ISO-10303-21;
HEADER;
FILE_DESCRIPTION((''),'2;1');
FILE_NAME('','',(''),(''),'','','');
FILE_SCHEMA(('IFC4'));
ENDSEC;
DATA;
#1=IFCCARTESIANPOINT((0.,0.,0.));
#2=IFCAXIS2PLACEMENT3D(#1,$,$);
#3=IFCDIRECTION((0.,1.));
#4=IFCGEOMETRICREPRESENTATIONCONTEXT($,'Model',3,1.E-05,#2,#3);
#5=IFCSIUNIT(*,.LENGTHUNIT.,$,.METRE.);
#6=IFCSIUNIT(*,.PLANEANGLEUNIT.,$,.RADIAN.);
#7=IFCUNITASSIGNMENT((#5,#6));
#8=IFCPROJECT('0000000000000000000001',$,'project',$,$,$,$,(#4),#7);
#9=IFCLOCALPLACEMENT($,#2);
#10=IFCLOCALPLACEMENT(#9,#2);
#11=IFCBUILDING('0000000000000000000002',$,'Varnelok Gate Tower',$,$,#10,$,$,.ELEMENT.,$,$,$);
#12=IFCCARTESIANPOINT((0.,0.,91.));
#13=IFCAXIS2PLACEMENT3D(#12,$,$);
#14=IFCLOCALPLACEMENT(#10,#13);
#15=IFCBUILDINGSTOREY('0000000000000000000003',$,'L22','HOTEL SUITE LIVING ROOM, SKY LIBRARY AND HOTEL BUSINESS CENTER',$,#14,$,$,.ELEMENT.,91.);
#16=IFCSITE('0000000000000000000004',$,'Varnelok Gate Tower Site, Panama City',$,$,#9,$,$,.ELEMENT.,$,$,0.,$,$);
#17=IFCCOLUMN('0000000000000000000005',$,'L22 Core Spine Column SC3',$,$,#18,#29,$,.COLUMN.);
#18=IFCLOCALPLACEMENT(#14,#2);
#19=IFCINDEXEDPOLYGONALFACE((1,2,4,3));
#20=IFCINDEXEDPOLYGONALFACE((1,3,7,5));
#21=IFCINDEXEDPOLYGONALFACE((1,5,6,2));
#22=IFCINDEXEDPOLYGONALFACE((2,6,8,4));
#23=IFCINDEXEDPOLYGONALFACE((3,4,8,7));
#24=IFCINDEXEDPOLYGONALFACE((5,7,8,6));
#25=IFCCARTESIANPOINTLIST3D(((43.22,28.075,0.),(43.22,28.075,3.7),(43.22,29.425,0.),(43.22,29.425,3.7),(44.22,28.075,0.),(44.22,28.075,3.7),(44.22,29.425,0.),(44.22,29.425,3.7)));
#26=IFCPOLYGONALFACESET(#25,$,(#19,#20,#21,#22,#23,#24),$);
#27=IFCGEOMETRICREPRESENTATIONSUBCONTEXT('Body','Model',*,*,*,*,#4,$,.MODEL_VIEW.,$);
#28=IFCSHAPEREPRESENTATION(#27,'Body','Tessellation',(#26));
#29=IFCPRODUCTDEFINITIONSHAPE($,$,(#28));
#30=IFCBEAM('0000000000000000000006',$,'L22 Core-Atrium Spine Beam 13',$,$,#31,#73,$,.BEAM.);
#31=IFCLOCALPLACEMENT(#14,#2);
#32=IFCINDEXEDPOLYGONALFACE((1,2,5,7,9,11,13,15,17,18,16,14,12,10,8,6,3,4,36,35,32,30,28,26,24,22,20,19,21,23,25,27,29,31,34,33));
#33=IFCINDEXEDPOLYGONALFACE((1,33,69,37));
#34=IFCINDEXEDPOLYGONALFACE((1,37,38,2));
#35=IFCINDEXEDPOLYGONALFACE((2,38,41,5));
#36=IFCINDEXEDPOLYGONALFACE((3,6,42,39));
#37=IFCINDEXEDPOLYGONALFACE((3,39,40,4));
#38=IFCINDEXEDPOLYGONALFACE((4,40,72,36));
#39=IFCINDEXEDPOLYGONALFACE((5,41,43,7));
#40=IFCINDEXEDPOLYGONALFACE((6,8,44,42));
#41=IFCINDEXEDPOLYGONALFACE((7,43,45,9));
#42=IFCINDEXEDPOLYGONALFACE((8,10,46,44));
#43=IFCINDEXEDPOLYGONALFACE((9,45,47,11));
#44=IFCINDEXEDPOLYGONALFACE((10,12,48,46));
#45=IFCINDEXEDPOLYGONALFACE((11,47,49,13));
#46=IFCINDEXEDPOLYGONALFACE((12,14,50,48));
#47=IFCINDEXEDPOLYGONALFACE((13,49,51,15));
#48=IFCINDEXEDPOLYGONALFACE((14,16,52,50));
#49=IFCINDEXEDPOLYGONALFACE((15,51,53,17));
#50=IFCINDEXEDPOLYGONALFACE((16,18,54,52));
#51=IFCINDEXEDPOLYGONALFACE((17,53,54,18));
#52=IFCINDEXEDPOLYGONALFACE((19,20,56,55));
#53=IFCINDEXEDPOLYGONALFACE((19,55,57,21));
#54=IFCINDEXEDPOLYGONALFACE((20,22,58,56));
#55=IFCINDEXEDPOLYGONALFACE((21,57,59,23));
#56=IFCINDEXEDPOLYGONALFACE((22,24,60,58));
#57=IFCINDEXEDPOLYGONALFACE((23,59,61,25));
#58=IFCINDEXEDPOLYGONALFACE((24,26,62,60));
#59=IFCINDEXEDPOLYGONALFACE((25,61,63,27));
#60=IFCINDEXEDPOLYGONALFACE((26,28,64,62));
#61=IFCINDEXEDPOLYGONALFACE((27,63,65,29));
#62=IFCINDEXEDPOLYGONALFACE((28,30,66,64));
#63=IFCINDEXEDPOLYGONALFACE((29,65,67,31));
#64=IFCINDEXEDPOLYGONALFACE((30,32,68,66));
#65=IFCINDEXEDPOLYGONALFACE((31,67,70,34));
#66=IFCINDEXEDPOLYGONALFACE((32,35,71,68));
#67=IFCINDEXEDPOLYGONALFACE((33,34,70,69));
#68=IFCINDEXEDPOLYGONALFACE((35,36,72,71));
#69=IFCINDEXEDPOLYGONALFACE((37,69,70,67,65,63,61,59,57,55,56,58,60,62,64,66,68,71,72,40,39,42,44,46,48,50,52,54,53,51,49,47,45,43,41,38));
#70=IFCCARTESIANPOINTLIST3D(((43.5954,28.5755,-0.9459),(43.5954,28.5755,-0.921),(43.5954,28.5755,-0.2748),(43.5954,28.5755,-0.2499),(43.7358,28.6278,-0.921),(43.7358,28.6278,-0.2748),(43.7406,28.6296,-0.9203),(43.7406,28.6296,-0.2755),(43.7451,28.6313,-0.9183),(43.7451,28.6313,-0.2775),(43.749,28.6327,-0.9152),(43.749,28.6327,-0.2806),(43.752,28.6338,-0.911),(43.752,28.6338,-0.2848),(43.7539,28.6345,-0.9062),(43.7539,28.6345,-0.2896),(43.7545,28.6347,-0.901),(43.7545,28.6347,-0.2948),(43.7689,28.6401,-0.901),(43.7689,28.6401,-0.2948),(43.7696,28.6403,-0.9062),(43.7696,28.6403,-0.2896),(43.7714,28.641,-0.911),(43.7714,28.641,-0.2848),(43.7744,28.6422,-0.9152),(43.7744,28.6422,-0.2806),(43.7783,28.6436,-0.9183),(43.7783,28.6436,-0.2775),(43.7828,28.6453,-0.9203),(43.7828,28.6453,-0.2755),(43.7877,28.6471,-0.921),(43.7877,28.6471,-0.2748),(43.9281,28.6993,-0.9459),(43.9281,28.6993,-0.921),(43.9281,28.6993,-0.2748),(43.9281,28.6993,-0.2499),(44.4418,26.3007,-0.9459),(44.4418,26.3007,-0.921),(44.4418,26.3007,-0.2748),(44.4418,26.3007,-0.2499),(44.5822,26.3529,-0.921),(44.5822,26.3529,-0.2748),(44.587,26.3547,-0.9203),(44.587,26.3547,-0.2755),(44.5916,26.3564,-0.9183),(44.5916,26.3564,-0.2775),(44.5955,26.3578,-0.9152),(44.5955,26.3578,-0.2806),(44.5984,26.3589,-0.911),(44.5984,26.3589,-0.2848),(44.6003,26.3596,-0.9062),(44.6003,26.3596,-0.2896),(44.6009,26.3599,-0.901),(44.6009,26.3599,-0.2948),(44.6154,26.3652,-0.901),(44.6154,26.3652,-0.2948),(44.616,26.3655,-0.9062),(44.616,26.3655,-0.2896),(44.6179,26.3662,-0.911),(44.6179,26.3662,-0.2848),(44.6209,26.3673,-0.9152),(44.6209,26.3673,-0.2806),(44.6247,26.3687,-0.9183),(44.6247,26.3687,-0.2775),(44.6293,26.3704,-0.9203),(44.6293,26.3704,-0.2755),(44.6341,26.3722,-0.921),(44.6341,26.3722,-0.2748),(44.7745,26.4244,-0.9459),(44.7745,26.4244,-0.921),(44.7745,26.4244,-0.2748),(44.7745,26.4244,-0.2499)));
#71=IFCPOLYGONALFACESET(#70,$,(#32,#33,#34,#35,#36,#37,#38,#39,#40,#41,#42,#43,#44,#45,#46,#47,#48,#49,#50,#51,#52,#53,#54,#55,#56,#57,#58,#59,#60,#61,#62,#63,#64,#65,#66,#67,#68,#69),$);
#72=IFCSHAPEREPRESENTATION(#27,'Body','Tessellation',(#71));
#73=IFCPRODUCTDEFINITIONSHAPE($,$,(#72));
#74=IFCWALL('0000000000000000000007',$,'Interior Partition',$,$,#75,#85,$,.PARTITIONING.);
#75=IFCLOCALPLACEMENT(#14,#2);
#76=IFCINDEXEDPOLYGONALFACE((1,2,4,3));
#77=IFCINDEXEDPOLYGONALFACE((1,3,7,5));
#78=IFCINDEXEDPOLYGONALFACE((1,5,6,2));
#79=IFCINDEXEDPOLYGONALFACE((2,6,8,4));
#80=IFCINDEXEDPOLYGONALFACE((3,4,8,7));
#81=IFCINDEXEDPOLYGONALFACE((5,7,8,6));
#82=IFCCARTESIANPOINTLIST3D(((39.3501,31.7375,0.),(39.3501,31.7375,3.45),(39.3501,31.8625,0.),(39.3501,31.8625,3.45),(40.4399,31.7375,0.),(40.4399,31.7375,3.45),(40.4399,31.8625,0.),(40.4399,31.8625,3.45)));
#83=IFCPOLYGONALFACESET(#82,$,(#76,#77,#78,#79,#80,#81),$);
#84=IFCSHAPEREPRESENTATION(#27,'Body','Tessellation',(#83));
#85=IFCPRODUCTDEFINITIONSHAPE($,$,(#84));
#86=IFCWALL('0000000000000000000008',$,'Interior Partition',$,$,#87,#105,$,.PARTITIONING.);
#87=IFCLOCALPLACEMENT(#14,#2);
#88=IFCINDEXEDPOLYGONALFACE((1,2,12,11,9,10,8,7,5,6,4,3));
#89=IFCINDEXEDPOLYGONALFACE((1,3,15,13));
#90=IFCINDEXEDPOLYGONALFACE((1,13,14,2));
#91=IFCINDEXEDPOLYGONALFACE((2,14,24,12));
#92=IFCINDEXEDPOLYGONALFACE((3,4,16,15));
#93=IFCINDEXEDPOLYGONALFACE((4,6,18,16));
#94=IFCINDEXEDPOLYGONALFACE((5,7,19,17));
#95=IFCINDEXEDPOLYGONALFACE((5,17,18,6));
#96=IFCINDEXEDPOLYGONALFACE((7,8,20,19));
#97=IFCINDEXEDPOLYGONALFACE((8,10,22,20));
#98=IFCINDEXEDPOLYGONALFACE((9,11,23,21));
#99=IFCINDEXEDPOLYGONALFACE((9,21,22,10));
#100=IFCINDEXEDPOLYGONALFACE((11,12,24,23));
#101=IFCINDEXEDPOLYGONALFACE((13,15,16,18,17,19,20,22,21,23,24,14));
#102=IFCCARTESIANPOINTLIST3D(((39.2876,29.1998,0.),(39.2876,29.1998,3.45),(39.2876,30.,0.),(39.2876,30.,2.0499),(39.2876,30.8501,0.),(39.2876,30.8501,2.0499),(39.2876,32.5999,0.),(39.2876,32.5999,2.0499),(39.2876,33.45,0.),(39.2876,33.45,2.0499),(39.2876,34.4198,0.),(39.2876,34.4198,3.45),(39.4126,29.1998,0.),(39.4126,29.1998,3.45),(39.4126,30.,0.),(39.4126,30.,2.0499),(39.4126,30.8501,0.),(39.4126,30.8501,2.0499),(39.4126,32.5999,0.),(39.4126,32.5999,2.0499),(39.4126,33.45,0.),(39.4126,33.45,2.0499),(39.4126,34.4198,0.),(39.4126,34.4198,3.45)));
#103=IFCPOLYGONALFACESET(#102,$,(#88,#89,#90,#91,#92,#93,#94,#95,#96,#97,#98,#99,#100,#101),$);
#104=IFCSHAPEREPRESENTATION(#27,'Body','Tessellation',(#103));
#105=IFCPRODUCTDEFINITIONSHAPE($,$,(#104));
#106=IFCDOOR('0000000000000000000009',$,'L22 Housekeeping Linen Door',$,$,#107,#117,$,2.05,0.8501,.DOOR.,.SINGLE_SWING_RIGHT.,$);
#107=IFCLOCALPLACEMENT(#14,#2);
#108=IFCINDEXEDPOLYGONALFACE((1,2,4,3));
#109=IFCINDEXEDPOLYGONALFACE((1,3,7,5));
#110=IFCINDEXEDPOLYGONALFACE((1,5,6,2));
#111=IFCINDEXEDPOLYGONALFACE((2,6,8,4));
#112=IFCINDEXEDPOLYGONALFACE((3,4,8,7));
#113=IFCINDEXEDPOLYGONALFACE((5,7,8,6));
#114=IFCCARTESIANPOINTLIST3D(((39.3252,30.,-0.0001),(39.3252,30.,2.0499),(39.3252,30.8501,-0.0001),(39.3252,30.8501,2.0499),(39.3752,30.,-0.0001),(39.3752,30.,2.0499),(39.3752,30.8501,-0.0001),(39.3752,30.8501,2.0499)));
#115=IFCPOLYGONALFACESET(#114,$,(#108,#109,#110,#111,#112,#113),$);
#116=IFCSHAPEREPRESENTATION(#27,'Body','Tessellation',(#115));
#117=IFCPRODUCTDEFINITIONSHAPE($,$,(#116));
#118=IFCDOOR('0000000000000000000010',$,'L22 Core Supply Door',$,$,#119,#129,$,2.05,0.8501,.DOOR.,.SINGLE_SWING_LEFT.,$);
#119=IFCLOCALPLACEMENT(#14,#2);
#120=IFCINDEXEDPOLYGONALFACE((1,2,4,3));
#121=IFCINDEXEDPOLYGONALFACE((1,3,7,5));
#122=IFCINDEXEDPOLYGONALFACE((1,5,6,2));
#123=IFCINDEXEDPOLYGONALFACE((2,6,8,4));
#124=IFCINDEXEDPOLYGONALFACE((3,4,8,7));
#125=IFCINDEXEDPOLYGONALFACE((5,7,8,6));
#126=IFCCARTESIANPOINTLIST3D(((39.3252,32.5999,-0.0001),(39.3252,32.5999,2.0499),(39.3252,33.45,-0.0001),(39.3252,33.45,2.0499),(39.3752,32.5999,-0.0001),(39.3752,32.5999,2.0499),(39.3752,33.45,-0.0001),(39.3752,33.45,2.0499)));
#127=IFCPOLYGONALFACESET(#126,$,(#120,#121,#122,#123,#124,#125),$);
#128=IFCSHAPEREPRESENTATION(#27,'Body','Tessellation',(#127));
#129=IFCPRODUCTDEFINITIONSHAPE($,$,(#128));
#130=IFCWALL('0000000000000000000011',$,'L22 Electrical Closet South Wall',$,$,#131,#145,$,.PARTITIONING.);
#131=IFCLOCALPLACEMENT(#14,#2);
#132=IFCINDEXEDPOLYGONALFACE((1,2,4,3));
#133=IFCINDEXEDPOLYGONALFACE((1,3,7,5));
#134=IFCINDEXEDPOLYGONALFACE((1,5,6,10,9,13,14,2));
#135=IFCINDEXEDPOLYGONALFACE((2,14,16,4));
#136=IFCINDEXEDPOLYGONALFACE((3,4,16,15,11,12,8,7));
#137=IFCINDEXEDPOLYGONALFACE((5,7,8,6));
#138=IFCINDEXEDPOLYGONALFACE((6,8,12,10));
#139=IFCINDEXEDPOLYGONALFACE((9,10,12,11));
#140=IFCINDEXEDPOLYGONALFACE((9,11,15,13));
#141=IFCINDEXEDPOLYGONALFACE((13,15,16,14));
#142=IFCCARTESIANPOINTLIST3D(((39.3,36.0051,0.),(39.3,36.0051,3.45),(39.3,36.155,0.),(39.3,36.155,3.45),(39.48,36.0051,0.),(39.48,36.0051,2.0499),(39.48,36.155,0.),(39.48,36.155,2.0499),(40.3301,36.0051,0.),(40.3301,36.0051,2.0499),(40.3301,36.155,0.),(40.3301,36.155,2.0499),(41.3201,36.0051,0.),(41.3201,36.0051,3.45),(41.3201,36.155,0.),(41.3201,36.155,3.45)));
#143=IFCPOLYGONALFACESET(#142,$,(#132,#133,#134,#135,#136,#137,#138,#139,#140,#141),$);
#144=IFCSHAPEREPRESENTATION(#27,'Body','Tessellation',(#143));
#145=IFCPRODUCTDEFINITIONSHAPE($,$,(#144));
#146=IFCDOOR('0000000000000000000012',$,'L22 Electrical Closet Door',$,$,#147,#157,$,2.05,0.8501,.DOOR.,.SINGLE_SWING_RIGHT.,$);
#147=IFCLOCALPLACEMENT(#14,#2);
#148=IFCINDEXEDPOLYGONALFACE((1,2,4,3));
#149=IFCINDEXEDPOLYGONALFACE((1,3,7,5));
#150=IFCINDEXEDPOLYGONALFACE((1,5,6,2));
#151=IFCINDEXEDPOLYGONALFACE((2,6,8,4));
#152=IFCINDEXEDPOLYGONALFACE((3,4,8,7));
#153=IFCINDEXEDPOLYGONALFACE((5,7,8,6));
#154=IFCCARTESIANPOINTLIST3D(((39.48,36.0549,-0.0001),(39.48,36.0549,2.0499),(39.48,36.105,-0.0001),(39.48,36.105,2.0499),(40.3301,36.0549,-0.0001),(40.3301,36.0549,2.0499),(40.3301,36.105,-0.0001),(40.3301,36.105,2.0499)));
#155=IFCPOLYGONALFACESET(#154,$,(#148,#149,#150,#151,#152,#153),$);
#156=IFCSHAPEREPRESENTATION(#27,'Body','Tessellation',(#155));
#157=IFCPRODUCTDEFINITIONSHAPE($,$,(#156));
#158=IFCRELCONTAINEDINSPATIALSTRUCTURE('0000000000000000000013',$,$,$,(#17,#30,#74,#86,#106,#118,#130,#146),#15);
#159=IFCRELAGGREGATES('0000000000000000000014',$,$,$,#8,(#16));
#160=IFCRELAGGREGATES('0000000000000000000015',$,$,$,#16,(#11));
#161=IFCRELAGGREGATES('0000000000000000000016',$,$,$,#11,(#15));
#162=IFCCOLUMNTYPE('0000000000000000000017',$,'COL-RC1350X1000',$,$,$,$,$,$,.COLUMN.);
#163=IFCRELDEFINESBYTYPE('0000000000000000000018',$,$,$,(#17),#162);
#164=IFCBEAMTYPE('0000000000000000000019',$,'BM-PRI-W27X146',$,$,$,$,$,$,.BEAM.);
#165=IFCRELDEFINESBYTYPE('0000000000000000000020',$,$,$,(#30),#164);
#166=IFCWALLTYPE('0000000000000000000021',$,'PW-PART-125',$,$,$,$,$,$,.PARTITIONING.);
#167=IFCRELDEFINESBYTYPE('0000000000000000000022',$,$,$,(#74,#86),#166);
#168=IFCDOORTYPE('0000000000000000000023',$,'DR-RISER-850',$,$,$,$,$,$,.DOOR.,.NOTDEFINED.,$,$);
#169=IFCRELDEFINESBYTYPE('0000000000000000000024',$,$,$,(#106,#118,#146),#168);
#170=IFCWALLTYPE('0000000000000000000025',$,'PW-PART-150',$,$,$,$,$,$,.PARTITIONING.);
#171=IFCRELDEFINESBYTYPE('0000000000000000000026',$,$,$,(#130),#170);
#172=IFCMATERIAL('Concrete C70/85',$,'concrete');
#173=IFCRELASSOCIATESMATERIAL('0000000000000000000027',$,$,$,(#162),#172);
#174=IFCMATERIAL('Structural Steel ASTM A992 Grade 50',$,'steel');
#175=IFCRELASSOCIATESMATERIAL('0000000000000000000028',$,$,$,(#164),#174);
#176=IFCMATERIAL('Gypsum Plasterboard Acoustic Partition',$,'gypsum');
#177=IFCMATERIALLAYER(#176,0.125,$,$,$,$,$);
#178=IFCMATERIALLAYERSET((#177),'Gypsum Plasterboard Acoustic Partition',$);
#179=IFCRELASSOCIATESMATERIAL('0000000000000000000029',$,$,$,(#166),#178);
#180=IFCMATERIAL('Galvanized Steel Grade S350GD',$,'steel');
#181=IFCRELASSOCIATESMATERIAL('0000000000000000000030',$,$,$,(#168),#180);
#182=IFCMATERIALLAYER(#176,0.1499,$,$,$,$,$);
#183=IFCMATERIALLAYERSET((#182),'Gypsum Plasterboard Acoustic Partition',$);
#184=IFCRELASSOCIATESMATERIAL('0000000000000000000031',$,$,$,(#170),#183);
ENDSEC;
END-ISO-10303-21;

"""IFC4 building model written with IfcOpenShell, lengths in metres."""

from ifc_helpers import new_model, si_unit, direction, frame, frame_2d, origin, origin_2d, place, context, subcontext, project, spatial, rectangle, i_section, extrude, material, layer, layer_set, material_profile, profile_set, type_object, element, fill, save


model = new_model("IFC4")

# Units and contexts
model_context = context("Model", 3, precision=1e-05, world=origin(), true_north=direction((0.0, 1.0)))
body_context = subcontext(model_context, "Body", "Model", "MODEL_VIEW")
ifc_project = project(units=[si_unit("LENGTHUNIT", "METRE"), si_unit("PLANEANGLEUNIT", "RADIAN")], contexts=[model_context])

# Site, building, storey
site_placement = place(None, origin())
site = spatial("IfcSite", under=ifc_project, at=site_placement, Name="Varnelok Gate Tower Site, Panama City", CompositionType="ELEMENT", RefElevation=0.0)
building_placement = place(site_placement, origin())
building = spatial("IfcBuilding", under=site, at=building_placement, Name="Varnelok Gate Tower", CompositionType="ELEMENT")
storey_placement = place(building_placement, frame((0.0, 0.0, 91.0)))
storey = spatial("IfcBuildingStorey", under=building, at=storey_placement, Name="L22", Description="HOTEL SUITE LIVING ROOM, SKY LIBRARY AND HOTEL BUSINESS CENTER", CompositionType="ELEMENT", Elevation=91.0)

# Column
ifc_material_1 = material(Name="Concrete C70/85", Category="concrete")
ifc_material_profile_1 = material_profile(ifc_material_1, rectangle(XDim=1.0, YDim=1.3501, at=origin_2d()), Name="RC1350X1000")
ifc_profile_set_1 = profile_set([ifc_material_profile_1], Name="Concrete C70/85")
column_type = type_object("IfcColumnType", Name="COL-RC1350X1000", PredefinedType="COLUMN", material=ifc_profile_set_1)
column_placement = place(storey_placement, frame((43.72, 28.75, 0.0), z_axis=(0.0, 0.0, 1.0), x_axis=(1.0, 0.0, 0.0)))
element("IfcColumn", 1, at=column_placement, inside=storey, type_object=column_type, Name="L22 Core Spine Column SC3", PredefinedType="COLUMN", context=body_context, shape_type="SweptSolid", body=[
    extrude(rectangle(XDim=1.0, YDim=1.3501, at=origin_2d()), origin(), (0.0, 0.0, 1.0), 3.7),
])

# Beam
ifc_material_2 = material(Name="Structural Steel ASTM A992 Grade 50", Category="steel")
ifc_material_profile_2 = material_profile(ifc_material_2, i_section(OverallWidth=0.355, OverallDepth=0.696, WebThickness=0.0154, FlangeThickness=0.0249, FilletRadius=0.02, at=origin_2d()), Name="W27X146")
ifc_profile_set_2 = profile_set([ifc_material_profile_2], Name="Structural Steel ASTM A992 Grade 50")
beam_type = type_object("IfcBeamType", Name="BM-PRI-W27X146", PredefinedType="BEAM", material=ifc_profile_set_2)
beam_placement = place(storey_placement, frame((44.6082, 26.3625, -0.5979), z_axis=(-0.348719, 0.937227, 0.0), x_axis=(-0.937227, -0.348719, 0.0)))
element("IfcBeam", 2, at=beam_placement, inside=storey, type_object=beam_type, Name="L22 Core-Atrium Spine Beam 13", PredefinedType="BEAM", context=body_context, shape_type="SweptSolid", body=[
    extrude(i_section(OverallWidth=0.355, OverallDepth=0.696, WebThickness=0.0154, FlangeThickness=0.0249, FilletRadius=0.02, at=origin_2d()), origin(), (0.0, 0.0, 1.0), 2.4272),
])

# Wall
ifc_material_3 = material(Name="Gypsum Plasterboard Acoustic Partition", Category="gypsum")
ifc_layer_1 = layer(ifc_material_3, 0.125)
ifc_layer_set_1 = layer_set([ifc_layer_1], Name="Gypsum Plasterboard Acoustic Partition")
wall_type_1 = type_object("IfcWallType", Name="PW-PART-125", PredefinedType="PARTITIONING", material=ifc_layer_set_1)
wall_1_placement = place(storey_placement, frame((39.3501, 31.8, 0.0), z_axis=(0.0, 0.0, 1.0), x_axis=(1.0, 0.0, 0.0)))
element("IfcWall", 3, at=wall_1_placement, inside=storey, type_object=wall_type_1, Name="Interior Partition", PredefinedType="PARTITIONING", context=body_context, shape_type="SweptSolid", body=[
    extrude(rectangle(XDim=1.0898, YDim=0.125, at=frame_2d((0.5449, 0.0))), origin(), (0.0, 0.0, 1.0), 3.45),
])

# Wall, openings, doors
wall_2_placement = place(storey_placement, frame((39.3501, 29.2, 0.0), z_axis=(0.0, 0.0, 1.0), x_axis=(0.0, 1.0, 0.0)))
wall_2 = element("IfcWall", 4, at=wall_2_placement, inside=storey, type_object=wall_type_1, Name="Interior Partition", PredefinedType="PARTITIONING", context=body_context, shape_type="SweptSolid", body=[
    extrude(rectangle(XDim=5.22, YDim=0.125, at=frame_2d((2.6099, 0.0))), origin(), (0.0, 0.0, 1.0), 3.45),
])
opening_1_placement = place(wall_2_placement, frame((0.8, 0.0, 0.0)))
opening_1 = element("IfcOpeningElement", 5, at=opening_1_placement, cuts=wall_2, PredefinedType="OPENING", context=body_context, shape_type="SweptSolid", body=[
    extrude(rectangle(XDim=0.8501, YDim=2.05, at=frame_2d((0.425, 1.0249))), frame((0.0, 0.0725, 0.0), z_axis=(0.0, -1.0, 0.0), x_axis=(1.0, 0.0, 0.0)), (0.0, 0.0, 1.0), 0.145),
])
opening_2_placement = place(wall_2_placement, frame((3.3999, 0.0, 0.0)))
opening_2 = element("IfcOpeningElement", 6, at=opening_2_placement, cuts=wall_2, PredefinedType="OPENING", context=body_context, shape_type="SweptSolid", body=[
    extrude(rectangle(XDim=0.8501, YDim=2.05, at=frame_2d((0.425, 1.0249))), frame((0.0, 0.0725, 0.0), z_axis=(0.0, -1.0, 0.0), x_axis=(1.0, 0.0, 0.0)), (0.0, 0.0, 1.0), 0.145),
])
ifc_material_4 = material(Name="Galvanized Steel Grade S350GD", Category="steel")
door_type_1 = type_object("IfcDoorType", Name="DR-RISER-850", OperationType="NOTDEFINED", PredefinedType="DOOR", material=ifc_material_4)
door_1_placement = place(opening_1_placement, origin())
door_1 = element("IfcDoor", 7, at=door_1_placement, inside=storey, type_object=door_type_1, Name="L22 Housekeeping Linen Door", OperationType="SINGLE_SWING_RIGHT", OverallHeight=2.05, OverallWidth=0.8501, PredefinedType="DOOR", context=body_context, shape_type="SweptSolid", body=[
    extrude(rectangle(XDim=0.8501, YDim=2.05, at=frame_2d((0.425, 1.0249))), frame((0.0, 0.0249, 0.0), z_axis=(0.0, -1.0, 0.0), x_axis=(1.0, 0.0, 0.0)), (0.0, 0.0, 1.0), 0.05),
])
fill(opening_1, door_1)
door_2_placement = place(opening_2_placement, origin())
door_2 = element("IfcDoor", 8, at=door_2_placement, inside=storey, type_object=door_type_1, Name="L22 Core Supply Door", OperationType="SINGLE_SWING_LEFT", OverallHeight=2.05, OverallWidth=0.8501, PredefinedType="DOOR", context=body_context, shape_type="SweptSolid", body=[
    extrude(rectangle(XDim=0.8501, YDim=2.05, at=frame_2d((0.425, 1.0249))), frame((0.0, 0.0249, 0.0), z_axis=(0.0, -1.0, 0.0), x_axis=(1.0, 0.0, 0.0)), (0.0, 0.0, 1.0), 0.05),
])
fill(opening_2, door_2)

# Wall, opening, door
ifc_layer_2 = layer(ifc_material_3, 0.1499)
ifc_layer_set_2 = layer_set([ifc_layer_2], Name="Gypsum Plasterboard Acoustic Partition")
wall_type_2 = type_object("IfcWallType", Name="PW-PART-150", PredefinedType="PARTITIONING", material=ifc_layer_set_2)
wall_3_placement = place(storey_placement, frame((39.3, 36.0801, 0.0), z_axis=(0.0, 0.0, 1.0), x_axis=(1.0, 0.0, 0.0)))
wall_3 = element("IfcWall", 9, at=wall_3_placement, inside=storey, type_object=wall_type_2, Name="L22 Electrical Closet South Wall", PredefinedType="PARTITIONING", context=body_context, shape_type="SweptSolid", body=[
    extrude(rectangle(XDim=2.02, YDim=0.1499, at=frame_2d((1.01, 0.0))), origin(), (0.0, 0.0, 1.0), 3.45),
])
opening_3_placement = place(wall_3_placement, frame((0.1799, 0.0, 0.0)))
opening_3 = element("IfcOpeningElement", 10, at=opening_3_placement, cuts=wall_3, PredefinedType="OPENING", context=body_context, shape_type="SweptSolid", body=[
    extrude(rectangle(XDim=0.8501, YDim=2.05, at=frame_2d((0.425, 1.0249))), frame((0.0, 0.085, 0.0), z_axis=(0.0, -1.0, 0.0), x_axis=(1.0, 0.0, 0.0)), (0.0, 0.0, 1.0), 0.1699),
])
door_3_placement = place(opening_3_placement, origin())
door_3 = element("IfcDoor", 11, at=door_3_placement, inside=storey, type_object=door_type_1, Name="L22 Electrical Closet Door", OperationType="SINGLE_SWING_RIGHT", OverallHeight=2.05, OverallWidth=0.8501, PredefinedType="DOOR", context=body_context, shape_type="SweptSolid", body=[
    extrude(rectangle(XDim=0.8501, YDim=2.05, at=frame_2d((0.425, 1.0249))), frame((0.0, 0.0249, 0.0), z_axis=(0.0, -1.0, 0.0), x_axis=(1.0, 0.0, 0.0)), (0.0, 0.0, 1.0), 0.05),
])
fill(opening_3, door_3)

save(model, "model.ifc")
